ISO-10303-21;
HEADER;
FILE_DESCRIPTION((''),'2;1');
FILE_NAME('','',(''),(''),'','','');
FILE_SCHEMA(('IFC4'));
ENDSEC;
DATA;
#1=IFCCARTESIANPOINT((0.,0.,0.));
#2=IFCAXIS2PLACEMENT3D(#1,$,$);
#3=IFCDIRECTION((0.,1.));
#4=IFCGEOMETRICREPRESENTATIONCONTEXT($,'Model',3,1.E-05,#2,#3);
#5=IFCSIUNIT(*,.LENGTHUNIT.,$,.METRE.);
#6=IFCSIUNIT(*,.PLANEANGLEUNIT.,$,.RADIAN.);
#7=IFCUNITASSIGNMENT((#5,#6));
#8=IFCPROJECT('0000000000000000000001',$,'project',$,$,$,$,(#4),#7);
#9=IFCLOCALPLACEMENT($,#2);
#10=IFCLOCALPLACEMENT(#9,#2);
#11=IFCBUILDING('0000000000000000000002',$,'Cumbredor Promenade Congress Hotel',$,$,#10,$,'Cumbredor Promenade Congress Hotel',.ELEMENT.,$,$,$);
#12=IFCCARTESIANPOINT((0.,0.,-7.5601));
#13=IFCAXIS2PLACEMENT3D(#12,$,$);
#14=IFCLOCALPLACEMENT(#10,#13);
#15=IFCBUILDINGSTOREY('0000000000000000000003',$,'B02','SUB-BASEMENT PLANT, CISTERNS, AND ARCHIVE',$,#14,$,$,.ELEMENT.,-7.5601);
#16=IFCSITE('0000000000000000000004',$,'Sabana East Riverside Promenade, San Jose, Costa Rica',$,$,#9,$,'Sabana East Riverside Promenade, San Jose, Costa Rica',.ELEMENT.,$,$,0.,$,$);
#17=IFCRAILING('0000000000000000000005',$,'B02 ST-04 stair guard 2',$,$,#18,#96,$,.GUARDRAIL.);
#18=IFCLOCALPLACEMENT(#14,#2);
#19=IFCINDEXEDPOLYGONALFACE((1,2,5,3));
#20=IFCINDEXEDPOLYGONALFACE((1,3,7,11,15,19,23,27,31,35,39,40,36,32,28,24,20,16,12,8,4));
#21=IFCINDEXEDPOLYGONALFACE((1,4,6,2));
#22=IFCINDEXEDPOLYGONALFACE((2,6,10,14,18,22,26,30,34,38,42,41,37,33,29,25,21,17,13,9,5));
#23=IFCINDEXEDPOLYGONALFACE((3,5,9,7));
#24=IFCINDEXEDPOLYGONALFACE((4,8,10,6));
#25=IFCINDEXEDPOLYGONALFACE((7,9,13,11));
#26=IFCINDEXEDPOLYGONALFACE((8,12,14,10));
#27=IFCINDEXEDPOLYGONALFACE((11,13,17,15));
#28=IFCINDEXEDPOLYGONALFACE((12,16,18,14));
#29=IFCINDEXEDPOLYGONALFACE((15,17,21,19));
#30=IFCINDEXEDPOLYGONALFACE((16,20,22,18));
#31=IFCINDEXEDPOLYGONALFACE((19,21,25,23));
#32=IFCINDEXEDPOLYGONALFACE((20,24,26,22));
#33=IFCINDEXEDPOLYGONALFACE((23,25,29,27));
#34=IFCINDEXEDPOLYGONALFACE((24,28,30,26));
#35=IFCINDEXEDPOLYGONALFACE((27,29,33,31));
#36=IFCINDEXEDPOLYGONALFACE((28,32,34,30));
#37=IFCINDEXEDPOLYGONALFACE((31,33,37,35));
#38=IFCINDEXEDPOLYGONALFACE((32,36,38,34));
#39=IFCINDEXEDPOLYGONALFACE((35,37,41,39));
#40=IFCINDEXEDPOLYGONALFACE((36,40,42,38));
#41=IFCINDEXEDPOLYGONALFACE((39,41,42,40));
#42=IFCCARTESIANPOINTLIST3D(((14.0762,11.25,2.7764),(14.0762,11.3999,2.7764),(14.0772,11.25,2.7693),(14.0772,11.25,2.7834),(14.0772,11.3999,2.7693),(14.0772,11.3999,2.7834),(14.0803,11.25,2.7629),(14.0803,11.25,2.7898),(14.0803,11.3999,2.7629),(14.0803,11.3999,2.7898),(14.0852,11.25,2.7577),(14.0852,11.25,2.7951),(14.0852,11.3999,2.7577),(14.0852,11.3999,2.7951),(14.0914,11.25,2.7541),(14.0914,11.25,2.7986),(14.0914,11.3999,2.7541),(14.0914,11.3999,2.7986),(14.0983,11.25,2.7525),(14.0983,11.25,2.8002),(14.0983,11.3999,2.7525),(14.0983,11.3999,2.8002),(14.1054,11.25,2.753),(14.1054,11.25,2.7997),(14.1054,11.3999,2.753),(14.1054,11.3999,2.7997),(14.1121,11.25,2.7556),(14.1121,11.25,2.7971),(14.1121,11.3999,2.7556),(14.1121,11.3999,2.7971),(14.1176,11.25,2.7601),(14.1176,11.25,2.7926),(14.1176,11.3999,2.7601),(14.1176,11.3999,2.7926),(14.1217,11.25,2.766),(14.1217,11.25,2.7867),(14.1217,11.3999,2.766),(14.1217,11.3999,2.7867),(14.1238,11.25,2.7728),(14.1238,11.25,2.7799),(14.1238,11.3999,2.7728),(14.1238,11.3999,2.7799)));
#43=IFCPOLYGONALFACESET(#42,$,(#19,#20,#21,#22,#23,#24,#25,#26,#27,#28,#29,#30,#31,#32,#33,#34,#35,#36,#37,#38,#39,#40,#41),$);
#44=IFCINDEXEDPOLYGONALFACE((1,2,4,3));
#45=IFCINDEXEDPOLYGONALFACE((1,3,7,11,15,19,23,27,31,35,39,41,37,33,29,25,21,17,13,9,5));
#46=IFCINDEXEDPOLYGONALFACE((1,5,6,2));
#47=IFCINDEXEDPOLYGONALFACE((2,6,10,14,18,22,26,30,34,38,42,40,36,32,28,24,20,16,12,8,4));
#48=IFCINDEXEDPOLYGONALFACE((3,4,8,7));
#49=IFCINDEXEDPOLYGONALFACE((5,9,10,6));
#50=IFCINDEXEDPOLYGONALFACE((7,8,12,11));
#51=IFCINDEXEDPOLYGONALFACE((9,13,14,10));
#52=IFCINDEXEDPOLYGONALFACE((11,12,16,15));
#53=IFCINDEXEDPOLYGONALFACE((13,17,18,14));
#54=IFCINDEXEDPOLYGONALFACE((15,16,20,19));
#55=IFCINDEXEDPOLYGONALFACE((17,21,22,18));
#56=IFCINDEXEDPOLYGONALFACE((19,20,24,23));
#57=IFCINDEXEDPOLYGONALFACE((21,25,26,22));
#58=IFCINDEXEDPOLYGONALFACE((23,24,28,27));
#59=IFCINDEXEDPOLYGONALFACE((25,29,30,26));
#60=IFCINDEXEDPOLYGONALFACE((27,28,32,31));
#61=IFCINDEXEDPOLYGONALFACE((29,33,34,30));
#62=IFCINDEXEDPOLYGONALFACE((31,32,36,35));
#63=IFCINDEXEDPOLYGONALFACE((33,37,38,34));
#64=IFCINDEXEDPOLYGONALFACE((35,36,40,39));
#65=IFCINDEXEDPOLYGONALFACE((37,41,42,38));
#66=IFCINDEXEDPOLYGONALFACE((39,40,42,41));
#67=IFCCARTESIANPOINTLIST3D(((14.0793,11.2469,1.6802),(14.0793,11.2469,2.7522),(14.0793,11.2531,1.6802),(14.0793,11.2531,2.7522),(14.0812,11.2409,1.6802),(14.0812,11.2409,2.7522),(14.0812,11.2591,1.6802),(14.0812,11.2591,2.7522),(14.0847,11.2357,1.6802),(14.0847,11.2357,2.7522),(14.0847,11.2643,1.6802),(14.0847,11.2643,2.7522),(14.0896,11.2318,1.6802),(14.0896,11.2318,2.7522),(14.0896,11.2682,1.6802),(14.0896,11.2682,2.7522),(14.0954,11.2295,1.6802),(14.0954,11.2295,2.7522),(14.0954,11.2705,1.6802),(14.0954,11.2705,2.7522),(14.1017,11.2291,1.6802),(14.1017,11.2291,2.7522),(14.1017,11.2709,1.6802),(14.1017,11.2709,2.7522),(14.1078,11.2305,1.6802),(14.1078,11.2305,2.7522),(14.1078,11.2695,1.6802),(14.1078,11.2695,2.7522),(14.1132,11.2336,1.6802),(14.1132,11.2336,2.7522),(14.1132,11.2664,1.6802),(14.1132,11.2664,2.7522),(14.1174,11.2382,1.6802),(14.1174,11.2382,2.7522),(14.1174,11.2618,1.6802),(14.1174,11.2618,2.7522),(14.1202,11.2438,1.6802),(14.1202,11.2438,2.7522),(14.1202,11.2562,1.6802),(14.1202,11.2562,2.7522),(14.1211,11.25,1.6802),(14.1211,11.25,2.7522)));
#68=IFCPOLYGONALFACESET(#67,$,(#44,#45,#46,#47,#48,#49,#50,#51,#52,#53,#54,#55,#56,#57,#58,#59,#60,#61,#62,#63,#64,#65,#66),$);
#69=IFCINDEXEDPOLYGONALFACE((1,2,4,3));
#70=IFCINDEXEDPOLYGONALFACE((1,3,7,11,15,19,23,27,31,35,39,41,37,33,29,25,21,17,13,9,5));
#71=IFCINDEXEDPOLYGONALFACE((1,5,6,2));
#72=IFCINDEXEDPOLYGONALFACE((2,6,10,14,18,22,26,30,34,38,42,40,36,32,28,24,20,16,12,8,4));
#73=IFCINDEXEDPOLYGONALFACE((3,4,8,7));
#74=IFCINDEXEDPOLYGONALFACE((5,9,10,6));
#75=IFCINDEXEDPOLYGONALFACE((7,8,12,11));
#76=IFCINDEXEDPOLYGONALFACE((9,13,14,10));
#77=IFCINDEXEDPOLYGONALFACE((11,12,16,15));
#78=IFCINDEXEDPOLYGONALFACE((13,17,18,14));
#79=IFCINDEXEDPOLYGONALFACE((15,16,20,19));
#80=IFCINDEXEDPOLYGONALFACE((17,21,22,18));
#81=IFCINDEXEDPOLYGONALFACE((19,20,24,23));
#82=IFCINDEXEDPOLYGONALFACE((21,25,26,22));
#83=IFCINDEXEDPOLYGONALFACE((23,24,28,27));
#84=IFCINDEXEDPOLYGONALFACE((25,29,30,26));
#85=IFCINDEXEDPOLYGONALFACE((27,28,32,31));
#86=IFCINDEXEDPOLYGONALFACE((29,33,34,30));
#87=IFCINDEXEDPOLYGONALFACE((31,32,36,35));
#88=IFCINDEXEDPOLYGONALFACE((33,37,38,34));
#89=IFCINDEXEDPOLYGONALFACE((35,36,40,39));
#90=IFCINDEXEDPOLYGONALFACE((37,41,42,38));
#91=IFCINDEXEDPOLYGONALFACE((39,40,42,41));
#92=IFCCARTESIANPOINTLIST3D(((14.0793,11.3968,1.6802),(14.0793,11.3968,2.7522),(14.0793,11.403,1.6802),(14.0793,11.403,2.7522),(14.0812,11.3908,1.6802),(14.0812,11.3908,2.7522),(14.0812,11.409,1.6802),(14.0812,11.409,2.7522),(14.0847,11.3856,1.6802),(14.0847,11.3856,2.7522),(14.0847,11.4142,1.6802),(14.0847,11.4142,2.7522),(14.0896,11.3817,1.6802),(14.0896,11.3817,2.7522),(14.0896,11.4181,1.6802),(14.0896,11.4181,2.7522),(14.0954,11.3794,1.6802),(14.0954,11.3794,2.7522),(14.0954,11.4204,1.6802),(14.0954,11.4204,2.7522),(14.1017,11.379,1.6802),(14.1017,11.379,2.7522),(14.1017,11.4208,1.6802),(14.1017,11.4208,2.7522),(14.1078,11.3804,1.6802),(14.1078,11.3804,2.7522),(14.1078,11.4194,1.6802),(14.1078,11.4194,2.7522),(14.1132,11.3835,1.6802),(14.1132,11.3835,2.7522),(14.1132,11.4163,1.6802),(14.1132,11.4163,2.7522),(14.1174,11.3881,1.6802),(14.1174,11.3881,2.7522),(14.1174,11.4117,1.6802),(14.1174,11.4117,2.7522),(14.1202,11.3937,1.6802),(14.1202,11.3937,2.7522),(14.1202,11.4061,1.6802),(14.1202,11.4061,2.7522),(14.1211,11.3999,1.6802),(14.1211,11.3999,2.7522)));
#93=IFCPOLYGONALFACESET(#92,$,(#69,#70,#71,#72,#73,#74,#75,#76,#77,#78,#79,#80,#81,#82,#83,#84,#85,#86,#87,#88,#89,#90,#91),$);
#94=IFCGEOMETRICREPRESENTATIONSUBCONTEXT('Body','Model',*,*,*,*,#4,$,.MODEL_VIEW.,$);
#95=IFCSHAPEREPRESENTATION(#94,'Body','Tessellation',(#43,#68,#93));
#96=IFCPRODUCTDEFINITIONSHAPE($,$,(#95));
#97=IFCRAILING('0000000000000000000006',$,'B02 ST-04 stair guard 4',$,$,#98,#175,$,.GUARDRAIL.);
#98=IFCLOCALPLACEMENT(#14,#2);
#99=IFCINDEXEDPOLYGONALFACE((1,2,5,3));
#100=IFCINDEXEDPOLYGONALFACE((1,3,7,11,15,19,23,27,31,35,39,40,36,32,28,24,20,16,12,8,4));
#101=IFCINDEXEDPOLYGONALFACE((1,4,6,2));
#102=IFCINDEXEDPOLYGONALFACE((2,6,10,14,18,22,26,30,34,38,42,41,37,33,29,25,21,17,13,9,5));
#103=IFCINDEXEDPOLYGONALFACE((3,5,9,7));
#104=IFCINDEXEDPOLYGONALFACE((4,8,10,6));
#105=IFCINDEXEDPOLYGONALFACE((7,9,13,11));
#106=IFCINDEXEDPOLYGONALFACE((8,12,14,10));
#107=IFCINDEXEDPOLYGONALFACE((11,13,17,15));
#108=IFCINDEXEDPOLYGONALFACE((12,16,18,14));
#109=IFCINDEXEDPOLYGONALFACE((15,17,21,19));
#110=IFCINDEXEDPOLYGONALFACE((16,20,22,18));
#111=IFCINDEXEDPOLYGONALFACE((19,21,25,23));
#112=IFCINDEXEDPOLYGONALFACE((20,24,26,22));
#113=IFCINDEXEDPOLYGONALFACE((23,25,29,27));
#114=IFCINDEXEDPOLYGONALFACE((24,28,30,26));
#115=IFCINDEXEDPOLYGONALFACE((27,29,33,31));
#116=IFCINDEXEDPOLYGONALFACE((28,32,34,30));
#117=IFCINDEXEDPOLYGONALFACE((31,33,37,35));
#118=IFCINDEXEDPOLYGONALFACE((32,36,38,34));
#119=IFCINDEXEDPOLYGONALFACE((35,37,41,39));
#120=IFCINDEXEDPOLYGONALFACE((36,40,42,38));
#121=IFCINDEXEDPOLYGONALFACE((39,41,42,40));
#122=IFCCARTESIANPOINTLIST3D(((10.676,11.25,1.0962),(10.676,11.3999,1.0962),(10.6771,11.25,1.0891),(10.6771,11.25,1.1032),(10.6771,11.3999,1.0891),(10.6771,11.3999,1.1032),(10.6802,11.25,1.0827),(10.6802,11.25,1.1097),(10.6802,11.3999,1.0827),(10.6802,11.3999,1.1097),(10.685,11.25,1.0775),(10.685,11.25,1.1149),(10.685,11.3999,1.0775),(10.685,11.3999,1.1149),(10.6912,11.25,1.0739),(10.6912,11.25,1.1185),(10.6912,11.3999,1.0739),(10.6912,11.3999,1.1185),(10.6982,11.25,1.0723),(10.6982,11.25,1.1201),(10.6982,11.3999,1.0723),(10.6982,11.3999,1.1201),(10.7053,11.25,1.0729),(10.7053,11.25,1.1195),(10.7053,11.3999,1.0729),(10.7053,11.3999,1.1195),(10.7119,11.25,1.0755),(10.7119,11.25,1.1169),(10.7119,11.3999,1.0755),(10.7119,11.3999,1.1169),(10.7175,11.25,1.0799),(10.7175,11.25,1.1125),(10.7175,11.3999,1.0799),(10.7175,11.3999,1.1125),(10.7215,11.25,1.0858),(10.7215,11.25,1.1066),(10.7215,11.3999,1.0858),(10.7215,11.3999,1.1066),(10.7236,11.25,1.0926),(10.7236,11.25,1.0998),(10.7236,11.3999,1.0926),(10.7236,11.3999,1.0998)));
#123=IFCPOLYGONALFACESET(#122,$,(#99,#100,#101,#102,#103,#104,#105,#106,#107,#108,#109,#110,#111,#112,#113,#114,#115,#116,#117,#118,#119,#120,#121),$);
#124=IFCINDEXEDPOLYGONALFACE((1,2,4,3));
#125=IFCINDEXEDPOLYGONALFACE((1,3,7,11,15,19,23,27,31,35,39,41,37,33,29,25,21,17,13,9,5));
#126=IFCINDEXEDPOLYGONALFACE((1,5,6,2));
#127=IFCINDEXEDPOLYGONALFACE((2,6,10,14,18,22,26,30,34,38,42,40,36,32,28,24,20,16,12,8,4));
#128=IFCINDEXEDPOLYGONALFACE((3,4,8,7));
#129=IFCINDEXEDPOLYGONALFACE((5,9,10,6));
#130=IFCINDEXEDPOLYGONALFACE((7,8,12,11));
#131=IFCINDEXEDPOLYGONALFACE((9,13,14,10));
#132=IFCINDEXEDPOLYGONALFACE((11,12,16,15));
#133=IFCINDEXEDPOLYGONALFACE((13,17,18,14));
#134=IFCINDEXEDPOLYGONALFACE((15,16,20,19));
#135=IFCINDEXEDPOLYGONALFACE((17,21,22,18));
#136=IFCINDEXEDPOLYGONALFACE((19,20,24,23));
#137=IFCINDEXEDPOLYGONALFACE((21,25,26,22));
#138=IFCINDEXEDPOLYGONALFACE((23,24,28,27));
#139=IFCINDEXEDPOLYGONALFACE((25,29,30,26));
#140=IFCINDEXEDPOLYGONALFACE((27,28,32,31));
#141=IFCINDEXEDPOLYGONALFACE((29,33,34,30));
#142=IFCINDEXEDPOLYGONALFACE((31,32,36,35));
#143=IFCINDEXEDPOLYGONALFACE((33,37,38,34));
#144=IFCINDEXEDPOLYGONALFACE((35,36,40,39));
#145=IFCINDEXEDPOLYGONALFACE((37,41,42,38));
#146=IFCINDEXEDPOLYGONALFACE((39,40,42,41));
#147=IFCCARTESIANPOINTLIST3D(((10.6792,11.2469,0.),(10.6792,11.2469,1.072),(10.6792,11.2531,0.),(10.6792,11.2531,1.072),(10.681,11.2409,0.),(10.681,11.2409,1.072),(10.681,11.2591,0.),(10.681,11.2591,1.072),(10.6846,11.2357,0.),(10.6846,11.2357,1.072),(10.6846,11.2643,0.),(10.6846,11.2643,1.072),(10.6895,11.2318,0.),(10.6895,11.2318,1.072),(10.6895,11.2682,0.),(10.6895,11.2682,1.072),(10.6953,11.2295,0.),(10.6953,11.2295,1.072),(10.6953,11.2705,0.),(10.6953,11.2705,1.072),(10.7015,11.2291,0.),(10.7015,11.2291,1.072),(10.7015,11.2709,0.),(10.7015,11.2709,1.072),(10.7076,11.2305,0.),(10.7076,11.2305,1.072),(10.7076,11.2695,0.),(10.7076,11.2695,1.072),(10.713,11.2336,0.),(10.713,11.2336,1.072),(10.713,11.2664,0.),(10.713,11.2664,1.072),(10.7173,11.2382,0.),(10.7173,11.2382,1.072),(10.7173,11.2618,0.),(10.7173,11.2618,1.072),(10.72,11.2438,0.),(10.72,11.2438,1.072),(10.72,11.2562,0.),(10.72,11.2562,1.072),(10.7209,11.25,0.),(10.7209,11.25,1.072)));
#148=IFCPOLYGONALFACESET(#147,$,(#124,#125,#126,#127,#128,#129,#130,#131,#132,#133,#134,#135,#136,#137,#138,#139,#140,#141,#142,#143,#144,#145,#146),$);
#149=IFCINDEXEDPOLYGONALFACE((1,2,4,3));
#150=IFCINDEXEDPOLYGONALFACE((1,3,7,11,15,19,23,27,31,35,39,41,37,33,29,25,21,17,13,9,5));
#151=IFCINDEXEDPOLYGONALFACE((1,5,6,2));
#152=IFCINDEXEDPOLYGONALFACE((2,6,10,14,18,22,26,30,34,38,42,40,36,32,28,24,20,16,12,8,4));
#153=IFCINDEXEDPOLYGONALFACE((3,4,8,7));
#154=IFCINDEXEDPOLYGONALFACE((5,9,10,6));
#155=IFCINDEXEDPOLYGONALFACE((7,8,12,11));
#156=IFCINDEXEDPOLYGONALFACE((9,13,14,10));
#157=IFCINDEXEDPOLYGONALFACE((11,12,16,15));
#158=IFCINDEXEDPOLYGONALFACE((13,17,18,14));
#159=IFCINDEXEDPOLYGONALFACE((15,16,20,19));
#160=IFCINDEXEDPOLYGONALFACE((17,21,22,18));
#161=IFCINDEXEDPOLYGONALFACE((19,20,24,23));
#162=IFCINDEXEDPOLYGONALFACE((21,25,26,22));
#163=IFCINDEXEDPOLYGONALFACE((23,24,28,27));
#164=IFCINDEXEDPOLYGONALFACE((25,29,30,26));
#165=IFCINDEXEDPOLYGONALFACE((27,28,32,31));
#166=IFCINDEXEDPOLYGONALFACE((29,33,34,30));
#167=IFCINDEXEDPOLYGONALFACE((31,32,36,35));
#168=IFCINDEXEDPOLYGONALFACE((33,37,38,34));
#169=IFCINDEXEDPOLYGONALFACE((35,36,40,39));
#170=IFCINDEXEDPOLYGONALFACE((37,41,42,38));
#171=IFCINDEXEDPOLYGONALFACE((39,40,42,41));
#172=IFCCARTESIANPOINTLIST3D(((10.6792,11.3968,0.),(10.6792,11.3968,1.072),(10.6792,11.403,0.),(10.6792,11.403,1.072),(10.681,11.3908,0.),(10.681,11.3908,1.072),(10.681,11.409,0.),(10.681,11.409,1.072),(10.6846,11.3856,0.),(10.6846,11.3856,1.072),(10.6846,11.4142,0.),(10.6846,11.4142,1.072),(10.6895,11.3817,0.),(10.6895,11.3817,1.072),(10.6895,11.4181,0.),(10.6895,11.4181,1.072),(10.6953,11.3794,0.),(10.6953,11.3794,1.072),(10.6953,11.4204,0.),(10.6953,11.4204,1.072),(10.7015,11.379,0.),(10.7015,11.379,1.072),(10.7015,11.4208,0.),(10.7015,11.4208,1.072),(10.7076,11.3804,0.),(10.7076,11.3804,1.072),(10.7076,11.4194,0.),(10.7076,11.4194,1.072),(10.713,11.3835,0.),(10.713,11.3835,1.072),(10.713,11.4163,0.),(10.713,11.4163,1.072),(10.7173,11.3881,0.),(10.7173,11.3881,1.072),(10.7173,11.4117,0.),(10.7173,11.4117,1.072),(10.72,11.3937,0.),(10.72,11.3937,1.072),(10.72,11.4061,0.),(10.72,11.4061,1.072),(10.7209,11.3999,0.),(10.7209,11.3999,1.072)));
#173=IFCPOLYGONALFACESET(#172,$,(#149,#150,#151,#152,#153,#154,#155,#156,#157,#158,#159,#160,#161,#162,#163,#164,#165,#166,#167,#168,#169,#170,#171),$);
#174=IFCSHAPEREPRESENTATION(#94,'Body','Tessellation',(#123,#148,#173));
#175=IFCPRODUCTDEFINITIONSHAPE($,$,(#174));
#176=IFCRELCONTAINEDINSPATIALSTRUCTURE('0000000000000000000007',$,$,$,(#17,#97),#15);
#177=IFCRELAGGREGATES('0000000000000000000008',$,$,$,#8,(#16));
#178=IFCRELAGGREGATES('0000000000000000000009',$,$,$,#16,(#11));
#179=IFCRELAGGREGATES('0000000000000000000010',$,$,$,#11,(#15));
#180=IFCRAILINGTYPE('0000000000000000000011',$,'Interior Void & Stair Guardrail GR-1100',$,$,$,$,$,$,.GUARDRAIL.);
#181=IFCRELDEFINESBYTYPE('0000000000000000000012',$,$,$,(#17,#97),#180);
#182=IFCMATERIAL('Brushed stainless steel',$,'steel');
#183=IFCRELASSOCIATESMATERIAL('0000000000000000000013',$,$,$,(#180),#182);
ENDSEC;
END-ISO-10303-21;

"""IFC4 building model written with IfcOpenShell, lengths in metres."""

from ifc_helpers import new_model, si_unit, direction, frame, origin, origin_2d, place, context, subcontext, project, spatial, circle, extrude, material, type_object, element, save


model = new_model("IFC4")

# Units and contexts
model_context = context("Model", 3, precision=1e-05, world=origin(), true_north=direction((0.0, 1.0)))
body_context = subcontext(model_context, "Body", "Model", "MODEL_VIEW")
ifc_project = project(units=[si_unit("LENGTHUNIT", "METRE"), si_unit("PLANEANGLEUNIT", "RADIAN")], contexts=[model_context])

# Site, building, storey
site_placement = place(None, origin())
site = spatial("IfcSite", under=ifc_project, at=site_placement, Name="Sabana East Riverside Promenade, San Jose, Costa Rica", LongName="Sabana East Riverside Promenade, San Jose, Costa Rica", CompositionType="ELEMENT", RefElevation=0.0)
building_placement = place(site_placement, origin())
building = spatial("IfcBuilding", under=site, at=building_placement, Name="Cumbredor Promenade Congress Hotel", LongName="Cumbredor Promenade Congress Hotel", CompositionType="ELEMENT")
storey_placement = place(building_placement, frame((0.0, 0.0, -7.5601)))
storey = spatial("IfcBuildingStorey", under=building, at=storey_placement, Name="B02", Description="SUB-BASEMENT PLANT, CISTERNS, AND ARCHIVE", CompositionType="ELEMENT", Elevation=-7.5601)

# Railings
ifc_material_1 = material(Name="Brushed stainless steel", Category="steel")
railing_type_1 = type_object("IfcRailingType", Name="Interior Void & Stair Guardrail GR-1100", PredefinedType="GUARDRAIL", material=ifc_material_1)
for number, where, name in (
    (1, (14.1001, 11.25, 1.6802), "B02 ST-04 stair guard 2"),
    (2, (10.7, 11.25, 0.0), "B02 ST-04 stair guard 4"),
):
    element("IfcRailing", number, at=place(storey_placement, frame(where)), inside=storey, type_object=railing_type_1, Name=name, PredefinedType="GUARDRAIL", context=body_context, shape_type="SweptSolid", body=[
        extrude(circle(Radius=0.0239, at=origin_2d()), frame((0.0, 0.0, 1.0962), z_axis=(0.0, 1.0, 0.0), x_axis=(-1.0, 0.0, 0.0)), (0.0, 0.0, 1.0), 0.1499),
        extrude(circle(Radius=0.021, at=origin_2d()), origin(), (0.0, 0.0, 1.0), 1.072),
        extrude(circle(Radius=0.021, at=origin_2d()), frame((0.0, 0.1499, 0.0)), (0.0, 0.0, 1.0), 1.072),
    ])

save(model, "model.ifc")
